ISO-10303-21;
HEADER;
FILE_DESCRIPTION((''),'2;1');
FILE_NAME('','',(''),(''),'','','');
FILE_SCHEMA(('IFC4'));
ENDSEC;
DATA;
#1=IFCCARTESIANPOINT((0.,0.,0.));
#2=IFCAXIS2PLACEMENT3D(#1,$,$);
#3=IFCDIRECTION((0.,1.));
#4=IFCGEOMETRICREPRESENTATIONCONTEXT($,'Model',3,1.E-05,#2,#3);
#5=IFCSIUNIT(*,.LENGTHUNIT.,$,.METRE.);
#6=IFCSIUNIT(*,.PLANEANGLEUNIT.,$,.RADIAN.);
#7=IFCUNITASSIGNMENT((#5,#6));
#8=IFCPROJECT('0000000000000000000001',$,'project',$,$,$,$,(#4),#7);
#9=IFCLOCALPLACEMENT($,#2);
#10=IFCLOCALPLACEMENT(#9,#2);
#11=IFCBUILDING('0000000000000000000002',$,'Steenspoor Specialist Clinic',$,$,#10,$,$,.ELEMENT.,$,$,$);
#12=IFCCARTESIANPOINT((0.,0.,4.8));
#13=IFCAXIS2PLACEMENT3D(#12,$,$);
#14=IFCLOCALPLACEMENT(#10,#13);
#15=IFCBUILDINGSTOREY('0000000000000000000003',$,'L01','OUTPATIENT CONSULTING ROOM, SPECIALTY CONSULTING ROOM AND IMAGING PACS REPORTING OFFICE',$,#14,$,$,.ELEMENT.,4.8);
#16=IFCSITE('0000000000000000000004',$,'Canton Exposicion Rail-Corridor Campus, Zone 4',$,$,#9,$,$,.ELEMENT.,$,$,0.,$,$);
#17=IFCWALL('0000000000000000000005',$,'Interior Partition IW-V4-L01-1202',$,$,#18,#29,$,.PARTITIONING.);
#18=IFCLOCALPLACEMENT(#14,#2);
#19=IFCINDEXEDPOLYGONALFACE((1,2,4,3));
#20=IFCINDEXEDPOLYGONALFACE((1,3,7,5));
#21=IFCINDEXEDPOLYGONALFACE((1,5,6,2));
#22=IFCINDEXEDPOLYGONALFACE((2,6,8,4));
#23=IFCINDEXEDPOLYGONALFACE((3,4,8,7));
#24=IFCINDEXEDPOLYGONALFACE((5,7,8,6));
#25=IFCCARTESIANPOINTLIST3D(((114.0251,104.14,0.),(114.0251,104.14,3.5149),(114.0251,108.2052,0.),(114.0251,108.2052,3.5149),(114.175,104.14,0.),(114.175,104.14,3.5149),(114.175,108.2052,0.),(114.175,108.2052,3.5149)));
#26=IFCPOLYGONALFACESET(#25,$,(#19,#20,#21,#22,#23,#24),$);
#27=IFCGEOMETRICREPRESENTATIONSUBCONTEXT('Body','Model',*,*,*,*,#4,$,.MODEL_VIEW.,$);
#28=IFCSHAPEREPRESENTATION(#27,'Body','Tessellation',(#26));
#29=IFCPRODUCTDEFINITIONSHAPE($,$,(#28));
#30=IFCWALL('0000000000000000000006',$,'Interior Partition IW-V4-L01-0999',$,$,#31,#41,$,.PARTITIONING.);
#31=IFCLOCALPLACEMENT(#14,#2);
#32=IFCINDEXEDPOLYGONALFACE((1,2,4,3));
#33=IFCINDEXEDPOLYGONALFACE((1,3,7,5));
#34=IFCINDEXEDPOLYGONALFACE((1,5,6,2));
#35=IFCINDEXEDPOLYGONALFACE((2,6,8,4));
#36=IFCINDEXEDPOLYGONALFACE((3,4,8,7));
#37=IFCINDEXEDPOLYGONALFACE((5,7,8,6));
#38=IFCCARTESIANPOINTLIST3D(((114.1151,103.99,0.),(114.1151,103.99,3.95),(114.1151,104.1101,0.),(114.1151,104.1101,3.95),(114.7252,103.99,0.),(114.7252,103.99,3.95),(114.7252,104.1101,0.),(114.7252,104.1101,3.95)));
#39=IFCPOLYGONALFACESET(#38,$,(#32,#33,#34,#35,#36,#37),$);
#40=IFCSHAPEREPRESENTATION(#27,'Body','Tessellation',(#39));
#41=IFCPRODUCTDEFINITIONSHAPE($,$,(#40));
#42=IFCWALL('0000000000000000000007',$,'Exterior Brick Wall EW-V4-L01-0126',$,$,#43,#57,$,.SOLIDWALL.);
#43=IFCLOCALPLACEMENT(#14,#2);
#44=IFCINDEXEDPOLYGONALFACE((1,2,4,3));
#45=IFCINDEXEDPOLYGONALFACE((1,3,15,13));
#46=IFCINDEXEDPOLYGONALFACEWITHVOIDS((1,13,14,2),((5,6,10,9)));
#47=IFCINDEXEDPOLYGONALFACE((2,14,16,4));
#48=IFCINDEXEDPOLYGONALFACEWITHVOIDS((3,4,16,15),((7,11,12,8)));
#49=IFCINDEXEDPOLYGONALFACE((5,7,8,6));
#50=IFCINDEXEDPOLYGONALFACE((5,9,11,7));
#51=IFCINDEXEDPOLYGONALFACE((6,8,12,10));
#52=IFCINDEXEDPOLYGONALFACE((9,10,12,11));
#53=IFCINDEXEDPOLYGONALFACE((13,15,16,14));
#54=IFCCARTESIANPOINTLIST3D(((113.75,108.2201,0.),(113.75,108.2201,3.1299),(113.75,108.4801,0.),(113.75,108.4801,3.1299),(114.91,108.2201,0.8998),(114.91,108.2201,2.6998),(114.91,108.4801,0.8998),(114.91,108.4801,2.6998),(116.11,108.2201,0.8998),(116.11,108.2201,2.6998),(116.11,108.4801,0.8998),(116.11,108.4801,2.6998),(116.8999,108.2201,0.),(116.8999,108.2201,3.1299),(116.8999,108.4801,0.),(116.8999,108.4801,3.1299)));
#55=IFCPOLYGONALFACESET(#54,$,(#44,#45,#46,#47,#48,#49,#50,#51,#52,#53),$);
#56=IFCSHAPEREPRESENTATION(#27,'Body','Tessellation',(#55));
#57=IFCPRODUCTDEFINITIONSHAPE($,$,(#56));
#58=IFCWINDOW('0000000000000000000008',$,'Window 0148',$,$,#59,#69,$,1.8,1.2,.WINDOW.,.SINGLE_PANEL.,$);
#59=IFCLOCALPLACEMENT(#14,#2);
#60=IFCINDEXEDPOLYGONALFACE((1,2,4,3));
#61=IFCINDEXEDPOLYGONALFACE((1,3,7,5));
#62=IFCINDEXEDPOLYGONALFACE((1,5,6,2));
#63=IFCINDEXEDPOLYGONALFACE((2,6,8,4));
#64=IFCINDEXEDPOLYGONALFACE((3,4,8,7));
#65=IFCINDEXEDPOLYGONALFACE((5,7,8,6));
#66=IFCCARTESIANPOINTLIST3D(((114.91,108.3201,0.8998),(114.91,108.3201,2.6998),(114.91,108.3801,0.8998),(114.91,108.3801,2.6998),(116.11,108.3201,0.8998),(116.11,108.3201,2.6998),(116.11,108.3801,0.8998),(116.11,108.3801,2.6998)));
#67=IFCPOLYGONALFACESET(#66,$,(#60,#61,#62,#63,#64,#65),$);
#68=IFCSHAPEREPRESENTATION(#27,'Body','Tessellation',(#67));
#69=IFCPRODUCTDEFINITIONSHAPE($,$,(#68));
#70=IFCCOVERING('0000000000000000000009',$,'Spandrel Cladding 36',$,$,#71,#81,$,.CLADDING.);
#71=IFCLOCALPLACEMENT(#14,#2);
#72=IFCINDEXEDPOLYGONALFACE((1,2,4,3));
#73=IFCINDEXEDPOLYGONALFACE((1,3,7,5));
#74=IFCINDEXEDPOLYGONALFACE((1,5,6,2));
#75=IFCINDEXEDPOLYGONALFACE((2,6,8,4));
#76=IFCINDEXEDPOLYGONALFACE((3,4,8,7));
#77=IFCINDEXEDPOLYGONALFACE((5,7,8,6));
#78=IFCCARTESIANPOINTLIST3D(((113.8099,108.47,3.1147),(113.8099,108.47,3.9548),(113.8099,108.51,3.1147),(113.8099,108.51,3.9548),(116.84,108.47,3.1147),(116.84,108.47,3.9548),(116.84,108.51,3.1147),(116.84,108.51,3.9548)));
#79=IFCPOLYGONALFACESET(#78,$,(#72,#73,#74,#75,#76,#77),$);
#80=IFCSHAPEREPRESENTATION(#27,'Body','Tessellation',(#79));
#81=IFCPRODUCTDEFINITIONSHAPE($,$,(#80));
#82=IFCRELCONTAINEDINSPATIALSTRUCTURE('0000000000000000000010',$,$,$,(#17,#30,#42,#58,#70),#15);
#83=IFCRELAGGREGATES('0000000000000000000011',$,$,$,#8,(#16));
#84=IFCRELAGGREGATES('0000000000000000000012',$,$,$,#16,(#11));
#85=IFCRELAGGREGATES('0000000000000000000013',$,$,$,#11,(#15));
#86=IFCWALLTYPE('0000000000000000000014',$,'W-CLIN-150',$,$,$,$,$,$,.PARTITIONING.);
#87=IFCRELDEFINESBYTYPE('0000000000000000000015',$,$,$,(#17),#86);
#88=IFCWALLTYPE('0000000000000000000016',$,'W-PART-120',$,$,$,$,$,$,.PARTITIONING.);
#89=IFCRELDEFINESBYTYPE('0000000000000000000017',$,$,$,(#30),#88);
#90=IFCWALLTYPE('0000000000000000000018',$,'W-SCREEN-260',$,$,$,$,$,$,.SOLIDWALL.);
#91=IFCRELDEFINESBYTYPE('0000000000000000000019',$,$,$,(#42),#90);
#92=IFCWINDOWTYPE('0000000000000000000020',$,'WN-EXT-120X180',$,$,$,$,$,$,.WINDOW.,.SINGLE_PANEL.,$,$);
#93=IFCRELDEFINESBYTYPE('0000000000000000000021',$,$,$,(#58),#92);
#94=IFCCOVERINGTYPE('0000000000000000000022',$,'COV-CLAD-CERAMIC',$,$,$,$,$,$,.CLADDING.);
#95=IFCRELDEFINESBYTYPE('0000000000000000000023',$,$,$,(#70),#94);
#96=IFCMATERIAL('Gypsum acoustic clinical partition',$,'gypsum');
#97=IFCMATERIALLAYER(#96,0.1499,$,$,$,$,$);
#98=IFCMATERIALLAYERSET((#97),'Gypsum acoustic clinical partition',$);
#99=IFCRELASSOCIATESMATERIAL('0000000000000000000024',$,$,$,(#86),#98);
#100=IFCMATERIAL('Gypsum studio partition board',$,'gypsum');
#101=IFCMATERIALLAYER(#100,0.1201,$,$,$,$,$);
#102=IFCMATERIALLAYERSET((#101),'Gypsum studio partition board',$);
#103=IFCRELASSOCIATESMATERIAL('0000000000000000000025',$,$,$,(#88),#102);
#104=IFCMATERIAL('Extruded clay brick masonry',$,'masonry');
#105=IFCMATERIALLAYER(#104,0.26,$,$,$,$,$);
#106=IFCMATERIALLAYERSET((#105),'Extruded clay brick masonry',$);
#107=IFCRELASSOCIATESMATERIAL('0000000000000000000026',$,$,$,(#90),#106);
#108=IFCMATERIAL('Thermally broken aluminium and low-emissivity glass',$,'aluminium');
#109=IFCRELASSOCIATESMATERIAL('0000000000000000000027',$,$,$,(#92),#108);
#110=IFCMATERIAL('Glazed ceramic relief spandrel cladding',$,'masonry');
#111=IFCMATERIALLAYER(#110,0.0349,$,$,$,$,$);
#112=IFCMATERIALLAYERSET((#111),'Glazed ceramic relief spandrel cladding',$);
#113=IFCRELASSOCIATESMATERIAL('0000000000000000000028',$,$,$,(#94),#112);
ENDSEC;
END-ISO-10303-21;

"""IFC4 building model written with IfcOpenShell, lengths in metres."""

from ifc_helpers import new_model, si_unit, direction, frame, frame_2d, origin, origin_2d, place, context, subcontext, project, spatial, rectangle, extrude, material, layer, layer_set, type_object, element, fill, save


model = new_model("IFC4")

# Units and contexts
model_context = context("Model", 3, precision=1e-05, world=origin(), true_north=direction((0.0, 1.0)))
body_context = subcontext(model_context, "Body", "Model", "MODEL_VIEW")
ifc_project = project(units=[si_unit("LENGTHUNIT", "METRE"), si_unit("PLANEANGLEUNIT", "RADIAN")], contexts=[model_context])

# Site, building, storey
site_placement = place(None, origin())
site = spatial("IfcSite", under=ifc_project, at=site_placement, Name="Canton Exposicion Rail-Corridor Campus, Zone 4", CompositionType="ELEMENT", RefElevation=0.0)
building_placement = place(site_placement, origin())
building = spatial("IfcBuilding", under=site, at=building_placement, Name="Steenspoor Specialist Clinic", CompositionType="ELEMENT")
storey_placement = place(building_placement, frame((0.0, 0.0, 4.8)))
storey = spatial("IfcBuildingStorey", under=building, at=storey_placement, Name="L01", Description="OUTPATIENT CONSULTING ROOM, SPECIALTY CONSULTING ROOM AND IMAGING PACS REPORTING OFFICE", CompositionType="ELEMENT", Elevation=4.8)

# Shared definitions
ifc_material_1 = material(Name="Thermally broken aluminium and low-emissivity glass", Category="aluminium")

# Shared definitions
ifc_material_2 = material(Name="Extruded clay brick masonry", Category="masonry")

# Walls
ifc_material_3 = material(Name="Gypsum acoustic clinical partition", Category="gypsum")
ifc_layer_1 = layer(ifc_material_3, 0.1499)
ifc_layer_set_1 = layer_set([ifc_layer_1], Name="Gypsum acoustic clinical partition")
wall_type_1 = type_object("IfcWallType", Name="W-CLIN-150", PredefinedType="PARTITIONING", material=ifc_layer_set_1)
wall_1_placement = place(storey_placement, frame((114.1001, 104.1399, 0.0), z_axis=(0.0, 0.0, 1.0), x_axis=(0.0, 1.0, 0.0)))
element("IfcWall", 1, at=wall_1_placement, inside=storey, type_object=wall_type_1, Name="Interior Partition IW-V4-L01-1202", PredefinedType="PARTITIONING", context=body_context, shape_type="SweptSolid", body=[
    extrude(rectangle(XDim=4.0652, YDim=0.1499, at=frame_2d((2.0327, 0.0))), origin(), (0.0, 0.0, 1.0), 3.5149),
])
ifc_material_4 = material(Name="Gypsum studio partition board", Category="gypsum")
ifc_layer_2 = layer(ifc_material_4, 0.1201)
ifc_layer_set_2 = layer_set([ifc_layer_2], Name="Gypsum studio partition board")
wall_type_2 = type_object("IfcWallType", Name="W-PART-120", PredefinedType="PARTITIONING", material=ifc_layer_set_2)
wall_2_placement = place(storey_placement, frame((114.115, 104.05, 0.0), z_axis=(0.0, 0.0, 1.0), x_axis=(1.0, 0.0, 0.0)))
element("IfcWall", 2, at=wall_2_placement, inside=storey, type_object=wall_type_2, Name="Interior Partition IW-V4-L01-0999", PredefinedType="PARTITIONING", context=body_context, shape_type="SweptSolid", body=[
    extrude(rectangle(XDim=0.6101, YDim=0.1201, at=frame_2d((0.3052, 0.0))), origin(), (0.0, 0.0, 1.0), 3.95),
])

# Wall, opening, window
ifc_layer_3 = layer(ifc_material_2, 0.26)
ifc_layer_set_3 = layer_set([ifc_layer_3], Name="Extruded clay brick masonry")
wall_type_3 = type_object("IfcWallType", Name="W-SCREEN-260", PredefinedType="SOLIDWALL", material=ifc_layer_set_3)
wall_3_placement = place(storey_placement, frame((113.75, 108.3501, 0.0), z_axis=(0.0, 0.0, 1.0), x_axis=(1.0, 0.0, 0.0)))
wall_3 = element("IfcWall", 3, at=wall_3_placement, inside=storey, type_object=wall_type_3, Name="Exterior Brick Wall EW-V4-L01-0126", PredefinedType="SOLIDWALL", context=body_context, shape_type="SweptSolid", body=[
    extrude(rectangle(XDim=3.1499, YDim=0.26, at=frame_2d((1.575, 0.0))), origin(), (0.0, 0.0, 1.0), 3.1299),
])
opening_1_placement = place(wall_3_placement, frame((1.1599, 0.0, 0.8999)))
opening_1 = element("IfcOpeningElement", 4, at=opening_1_placement, cuts=wall_3, PredefinedType="OPENING", context=body_context, shape_type="SweptSolid", body=[
    extrude(rectangle(XDim=1.2, YDim=1.8, at=frame_2d((0.6001, 0.8999))), frame((0.0, 0.1401, 0.0), z_axis=(0.0, -1.0, 0.0), x_axis=(1.0, 0.0, 0.0)), (0.0, 0.0, 1.0), 0.28),
])
window_type_1 = type_object("IfcWindowType", Name="WN-EXT-120X180", PartitioningType="SINGLE_PANEL", PredefinedType="WINDOW", material=ifc_material_1)
window_1_placement = place(opening_1_placement, origin())
window_1 = element("IfcWindow", 5, at=window_1_placement, inside=storey, type_object=window_type_1, Name="Window 0148", OverallHeight=1.8, OverallWidth=1.2, PartitioningType="SINGLE_PANEL", PredefinedType="WINDOW", context=body_context, shape_type="SweptSolid", body=[
    extrude(rectangle(XDim=1.2, YDim=1.8, at=frame_2d((0.6001, 0.8999))), frame((0.0, 0.03, 0.0), z_axis=(0.0, -1.0, 0.0), x_axis=(1.0, 0.0, 0.0)), (0.0, 0.0, 1.0), 0.0601),
])
fill(opening_1, window_1)

# Covering
ifc_material_5 = material(Name="Glazed ceramic relief spandrel cladding", Category="masonry")
ifc_layer_4 = layer(ifc_material_5, 0.0349)
ifc_layer_set_4 = layer_set([ifc_layer_4], Name="Glazed ceramic relief spandrel cladding")
covering_type = type_object("IfcCoveringType", Name="COV-CLAD-CERAMIC", PredefinedType="CLADDING", material=ifc_layer_set_4)
covering_placement = place(storey_placement, frame((115.325, 108.49, 3.1147), z_axis=(0.0, 0.0, 1.0), x_axis=(1.0, 0.0, 0.0)))
element("IfcCovering", 6, at=covering_placement, inside=storey, type_object=covering_type, Name="Spandrel Cladding 36", PredefinedType="CLADDING", context=body_context, shape_type="SweptSolid", body=[
    extrude(rectangle(XDim=3.03, YDim=0.04, at=origin_2d()), origin(), (0.0, 0.0, 1.0), 0.8401),
])

save(model, "model.ifc")
